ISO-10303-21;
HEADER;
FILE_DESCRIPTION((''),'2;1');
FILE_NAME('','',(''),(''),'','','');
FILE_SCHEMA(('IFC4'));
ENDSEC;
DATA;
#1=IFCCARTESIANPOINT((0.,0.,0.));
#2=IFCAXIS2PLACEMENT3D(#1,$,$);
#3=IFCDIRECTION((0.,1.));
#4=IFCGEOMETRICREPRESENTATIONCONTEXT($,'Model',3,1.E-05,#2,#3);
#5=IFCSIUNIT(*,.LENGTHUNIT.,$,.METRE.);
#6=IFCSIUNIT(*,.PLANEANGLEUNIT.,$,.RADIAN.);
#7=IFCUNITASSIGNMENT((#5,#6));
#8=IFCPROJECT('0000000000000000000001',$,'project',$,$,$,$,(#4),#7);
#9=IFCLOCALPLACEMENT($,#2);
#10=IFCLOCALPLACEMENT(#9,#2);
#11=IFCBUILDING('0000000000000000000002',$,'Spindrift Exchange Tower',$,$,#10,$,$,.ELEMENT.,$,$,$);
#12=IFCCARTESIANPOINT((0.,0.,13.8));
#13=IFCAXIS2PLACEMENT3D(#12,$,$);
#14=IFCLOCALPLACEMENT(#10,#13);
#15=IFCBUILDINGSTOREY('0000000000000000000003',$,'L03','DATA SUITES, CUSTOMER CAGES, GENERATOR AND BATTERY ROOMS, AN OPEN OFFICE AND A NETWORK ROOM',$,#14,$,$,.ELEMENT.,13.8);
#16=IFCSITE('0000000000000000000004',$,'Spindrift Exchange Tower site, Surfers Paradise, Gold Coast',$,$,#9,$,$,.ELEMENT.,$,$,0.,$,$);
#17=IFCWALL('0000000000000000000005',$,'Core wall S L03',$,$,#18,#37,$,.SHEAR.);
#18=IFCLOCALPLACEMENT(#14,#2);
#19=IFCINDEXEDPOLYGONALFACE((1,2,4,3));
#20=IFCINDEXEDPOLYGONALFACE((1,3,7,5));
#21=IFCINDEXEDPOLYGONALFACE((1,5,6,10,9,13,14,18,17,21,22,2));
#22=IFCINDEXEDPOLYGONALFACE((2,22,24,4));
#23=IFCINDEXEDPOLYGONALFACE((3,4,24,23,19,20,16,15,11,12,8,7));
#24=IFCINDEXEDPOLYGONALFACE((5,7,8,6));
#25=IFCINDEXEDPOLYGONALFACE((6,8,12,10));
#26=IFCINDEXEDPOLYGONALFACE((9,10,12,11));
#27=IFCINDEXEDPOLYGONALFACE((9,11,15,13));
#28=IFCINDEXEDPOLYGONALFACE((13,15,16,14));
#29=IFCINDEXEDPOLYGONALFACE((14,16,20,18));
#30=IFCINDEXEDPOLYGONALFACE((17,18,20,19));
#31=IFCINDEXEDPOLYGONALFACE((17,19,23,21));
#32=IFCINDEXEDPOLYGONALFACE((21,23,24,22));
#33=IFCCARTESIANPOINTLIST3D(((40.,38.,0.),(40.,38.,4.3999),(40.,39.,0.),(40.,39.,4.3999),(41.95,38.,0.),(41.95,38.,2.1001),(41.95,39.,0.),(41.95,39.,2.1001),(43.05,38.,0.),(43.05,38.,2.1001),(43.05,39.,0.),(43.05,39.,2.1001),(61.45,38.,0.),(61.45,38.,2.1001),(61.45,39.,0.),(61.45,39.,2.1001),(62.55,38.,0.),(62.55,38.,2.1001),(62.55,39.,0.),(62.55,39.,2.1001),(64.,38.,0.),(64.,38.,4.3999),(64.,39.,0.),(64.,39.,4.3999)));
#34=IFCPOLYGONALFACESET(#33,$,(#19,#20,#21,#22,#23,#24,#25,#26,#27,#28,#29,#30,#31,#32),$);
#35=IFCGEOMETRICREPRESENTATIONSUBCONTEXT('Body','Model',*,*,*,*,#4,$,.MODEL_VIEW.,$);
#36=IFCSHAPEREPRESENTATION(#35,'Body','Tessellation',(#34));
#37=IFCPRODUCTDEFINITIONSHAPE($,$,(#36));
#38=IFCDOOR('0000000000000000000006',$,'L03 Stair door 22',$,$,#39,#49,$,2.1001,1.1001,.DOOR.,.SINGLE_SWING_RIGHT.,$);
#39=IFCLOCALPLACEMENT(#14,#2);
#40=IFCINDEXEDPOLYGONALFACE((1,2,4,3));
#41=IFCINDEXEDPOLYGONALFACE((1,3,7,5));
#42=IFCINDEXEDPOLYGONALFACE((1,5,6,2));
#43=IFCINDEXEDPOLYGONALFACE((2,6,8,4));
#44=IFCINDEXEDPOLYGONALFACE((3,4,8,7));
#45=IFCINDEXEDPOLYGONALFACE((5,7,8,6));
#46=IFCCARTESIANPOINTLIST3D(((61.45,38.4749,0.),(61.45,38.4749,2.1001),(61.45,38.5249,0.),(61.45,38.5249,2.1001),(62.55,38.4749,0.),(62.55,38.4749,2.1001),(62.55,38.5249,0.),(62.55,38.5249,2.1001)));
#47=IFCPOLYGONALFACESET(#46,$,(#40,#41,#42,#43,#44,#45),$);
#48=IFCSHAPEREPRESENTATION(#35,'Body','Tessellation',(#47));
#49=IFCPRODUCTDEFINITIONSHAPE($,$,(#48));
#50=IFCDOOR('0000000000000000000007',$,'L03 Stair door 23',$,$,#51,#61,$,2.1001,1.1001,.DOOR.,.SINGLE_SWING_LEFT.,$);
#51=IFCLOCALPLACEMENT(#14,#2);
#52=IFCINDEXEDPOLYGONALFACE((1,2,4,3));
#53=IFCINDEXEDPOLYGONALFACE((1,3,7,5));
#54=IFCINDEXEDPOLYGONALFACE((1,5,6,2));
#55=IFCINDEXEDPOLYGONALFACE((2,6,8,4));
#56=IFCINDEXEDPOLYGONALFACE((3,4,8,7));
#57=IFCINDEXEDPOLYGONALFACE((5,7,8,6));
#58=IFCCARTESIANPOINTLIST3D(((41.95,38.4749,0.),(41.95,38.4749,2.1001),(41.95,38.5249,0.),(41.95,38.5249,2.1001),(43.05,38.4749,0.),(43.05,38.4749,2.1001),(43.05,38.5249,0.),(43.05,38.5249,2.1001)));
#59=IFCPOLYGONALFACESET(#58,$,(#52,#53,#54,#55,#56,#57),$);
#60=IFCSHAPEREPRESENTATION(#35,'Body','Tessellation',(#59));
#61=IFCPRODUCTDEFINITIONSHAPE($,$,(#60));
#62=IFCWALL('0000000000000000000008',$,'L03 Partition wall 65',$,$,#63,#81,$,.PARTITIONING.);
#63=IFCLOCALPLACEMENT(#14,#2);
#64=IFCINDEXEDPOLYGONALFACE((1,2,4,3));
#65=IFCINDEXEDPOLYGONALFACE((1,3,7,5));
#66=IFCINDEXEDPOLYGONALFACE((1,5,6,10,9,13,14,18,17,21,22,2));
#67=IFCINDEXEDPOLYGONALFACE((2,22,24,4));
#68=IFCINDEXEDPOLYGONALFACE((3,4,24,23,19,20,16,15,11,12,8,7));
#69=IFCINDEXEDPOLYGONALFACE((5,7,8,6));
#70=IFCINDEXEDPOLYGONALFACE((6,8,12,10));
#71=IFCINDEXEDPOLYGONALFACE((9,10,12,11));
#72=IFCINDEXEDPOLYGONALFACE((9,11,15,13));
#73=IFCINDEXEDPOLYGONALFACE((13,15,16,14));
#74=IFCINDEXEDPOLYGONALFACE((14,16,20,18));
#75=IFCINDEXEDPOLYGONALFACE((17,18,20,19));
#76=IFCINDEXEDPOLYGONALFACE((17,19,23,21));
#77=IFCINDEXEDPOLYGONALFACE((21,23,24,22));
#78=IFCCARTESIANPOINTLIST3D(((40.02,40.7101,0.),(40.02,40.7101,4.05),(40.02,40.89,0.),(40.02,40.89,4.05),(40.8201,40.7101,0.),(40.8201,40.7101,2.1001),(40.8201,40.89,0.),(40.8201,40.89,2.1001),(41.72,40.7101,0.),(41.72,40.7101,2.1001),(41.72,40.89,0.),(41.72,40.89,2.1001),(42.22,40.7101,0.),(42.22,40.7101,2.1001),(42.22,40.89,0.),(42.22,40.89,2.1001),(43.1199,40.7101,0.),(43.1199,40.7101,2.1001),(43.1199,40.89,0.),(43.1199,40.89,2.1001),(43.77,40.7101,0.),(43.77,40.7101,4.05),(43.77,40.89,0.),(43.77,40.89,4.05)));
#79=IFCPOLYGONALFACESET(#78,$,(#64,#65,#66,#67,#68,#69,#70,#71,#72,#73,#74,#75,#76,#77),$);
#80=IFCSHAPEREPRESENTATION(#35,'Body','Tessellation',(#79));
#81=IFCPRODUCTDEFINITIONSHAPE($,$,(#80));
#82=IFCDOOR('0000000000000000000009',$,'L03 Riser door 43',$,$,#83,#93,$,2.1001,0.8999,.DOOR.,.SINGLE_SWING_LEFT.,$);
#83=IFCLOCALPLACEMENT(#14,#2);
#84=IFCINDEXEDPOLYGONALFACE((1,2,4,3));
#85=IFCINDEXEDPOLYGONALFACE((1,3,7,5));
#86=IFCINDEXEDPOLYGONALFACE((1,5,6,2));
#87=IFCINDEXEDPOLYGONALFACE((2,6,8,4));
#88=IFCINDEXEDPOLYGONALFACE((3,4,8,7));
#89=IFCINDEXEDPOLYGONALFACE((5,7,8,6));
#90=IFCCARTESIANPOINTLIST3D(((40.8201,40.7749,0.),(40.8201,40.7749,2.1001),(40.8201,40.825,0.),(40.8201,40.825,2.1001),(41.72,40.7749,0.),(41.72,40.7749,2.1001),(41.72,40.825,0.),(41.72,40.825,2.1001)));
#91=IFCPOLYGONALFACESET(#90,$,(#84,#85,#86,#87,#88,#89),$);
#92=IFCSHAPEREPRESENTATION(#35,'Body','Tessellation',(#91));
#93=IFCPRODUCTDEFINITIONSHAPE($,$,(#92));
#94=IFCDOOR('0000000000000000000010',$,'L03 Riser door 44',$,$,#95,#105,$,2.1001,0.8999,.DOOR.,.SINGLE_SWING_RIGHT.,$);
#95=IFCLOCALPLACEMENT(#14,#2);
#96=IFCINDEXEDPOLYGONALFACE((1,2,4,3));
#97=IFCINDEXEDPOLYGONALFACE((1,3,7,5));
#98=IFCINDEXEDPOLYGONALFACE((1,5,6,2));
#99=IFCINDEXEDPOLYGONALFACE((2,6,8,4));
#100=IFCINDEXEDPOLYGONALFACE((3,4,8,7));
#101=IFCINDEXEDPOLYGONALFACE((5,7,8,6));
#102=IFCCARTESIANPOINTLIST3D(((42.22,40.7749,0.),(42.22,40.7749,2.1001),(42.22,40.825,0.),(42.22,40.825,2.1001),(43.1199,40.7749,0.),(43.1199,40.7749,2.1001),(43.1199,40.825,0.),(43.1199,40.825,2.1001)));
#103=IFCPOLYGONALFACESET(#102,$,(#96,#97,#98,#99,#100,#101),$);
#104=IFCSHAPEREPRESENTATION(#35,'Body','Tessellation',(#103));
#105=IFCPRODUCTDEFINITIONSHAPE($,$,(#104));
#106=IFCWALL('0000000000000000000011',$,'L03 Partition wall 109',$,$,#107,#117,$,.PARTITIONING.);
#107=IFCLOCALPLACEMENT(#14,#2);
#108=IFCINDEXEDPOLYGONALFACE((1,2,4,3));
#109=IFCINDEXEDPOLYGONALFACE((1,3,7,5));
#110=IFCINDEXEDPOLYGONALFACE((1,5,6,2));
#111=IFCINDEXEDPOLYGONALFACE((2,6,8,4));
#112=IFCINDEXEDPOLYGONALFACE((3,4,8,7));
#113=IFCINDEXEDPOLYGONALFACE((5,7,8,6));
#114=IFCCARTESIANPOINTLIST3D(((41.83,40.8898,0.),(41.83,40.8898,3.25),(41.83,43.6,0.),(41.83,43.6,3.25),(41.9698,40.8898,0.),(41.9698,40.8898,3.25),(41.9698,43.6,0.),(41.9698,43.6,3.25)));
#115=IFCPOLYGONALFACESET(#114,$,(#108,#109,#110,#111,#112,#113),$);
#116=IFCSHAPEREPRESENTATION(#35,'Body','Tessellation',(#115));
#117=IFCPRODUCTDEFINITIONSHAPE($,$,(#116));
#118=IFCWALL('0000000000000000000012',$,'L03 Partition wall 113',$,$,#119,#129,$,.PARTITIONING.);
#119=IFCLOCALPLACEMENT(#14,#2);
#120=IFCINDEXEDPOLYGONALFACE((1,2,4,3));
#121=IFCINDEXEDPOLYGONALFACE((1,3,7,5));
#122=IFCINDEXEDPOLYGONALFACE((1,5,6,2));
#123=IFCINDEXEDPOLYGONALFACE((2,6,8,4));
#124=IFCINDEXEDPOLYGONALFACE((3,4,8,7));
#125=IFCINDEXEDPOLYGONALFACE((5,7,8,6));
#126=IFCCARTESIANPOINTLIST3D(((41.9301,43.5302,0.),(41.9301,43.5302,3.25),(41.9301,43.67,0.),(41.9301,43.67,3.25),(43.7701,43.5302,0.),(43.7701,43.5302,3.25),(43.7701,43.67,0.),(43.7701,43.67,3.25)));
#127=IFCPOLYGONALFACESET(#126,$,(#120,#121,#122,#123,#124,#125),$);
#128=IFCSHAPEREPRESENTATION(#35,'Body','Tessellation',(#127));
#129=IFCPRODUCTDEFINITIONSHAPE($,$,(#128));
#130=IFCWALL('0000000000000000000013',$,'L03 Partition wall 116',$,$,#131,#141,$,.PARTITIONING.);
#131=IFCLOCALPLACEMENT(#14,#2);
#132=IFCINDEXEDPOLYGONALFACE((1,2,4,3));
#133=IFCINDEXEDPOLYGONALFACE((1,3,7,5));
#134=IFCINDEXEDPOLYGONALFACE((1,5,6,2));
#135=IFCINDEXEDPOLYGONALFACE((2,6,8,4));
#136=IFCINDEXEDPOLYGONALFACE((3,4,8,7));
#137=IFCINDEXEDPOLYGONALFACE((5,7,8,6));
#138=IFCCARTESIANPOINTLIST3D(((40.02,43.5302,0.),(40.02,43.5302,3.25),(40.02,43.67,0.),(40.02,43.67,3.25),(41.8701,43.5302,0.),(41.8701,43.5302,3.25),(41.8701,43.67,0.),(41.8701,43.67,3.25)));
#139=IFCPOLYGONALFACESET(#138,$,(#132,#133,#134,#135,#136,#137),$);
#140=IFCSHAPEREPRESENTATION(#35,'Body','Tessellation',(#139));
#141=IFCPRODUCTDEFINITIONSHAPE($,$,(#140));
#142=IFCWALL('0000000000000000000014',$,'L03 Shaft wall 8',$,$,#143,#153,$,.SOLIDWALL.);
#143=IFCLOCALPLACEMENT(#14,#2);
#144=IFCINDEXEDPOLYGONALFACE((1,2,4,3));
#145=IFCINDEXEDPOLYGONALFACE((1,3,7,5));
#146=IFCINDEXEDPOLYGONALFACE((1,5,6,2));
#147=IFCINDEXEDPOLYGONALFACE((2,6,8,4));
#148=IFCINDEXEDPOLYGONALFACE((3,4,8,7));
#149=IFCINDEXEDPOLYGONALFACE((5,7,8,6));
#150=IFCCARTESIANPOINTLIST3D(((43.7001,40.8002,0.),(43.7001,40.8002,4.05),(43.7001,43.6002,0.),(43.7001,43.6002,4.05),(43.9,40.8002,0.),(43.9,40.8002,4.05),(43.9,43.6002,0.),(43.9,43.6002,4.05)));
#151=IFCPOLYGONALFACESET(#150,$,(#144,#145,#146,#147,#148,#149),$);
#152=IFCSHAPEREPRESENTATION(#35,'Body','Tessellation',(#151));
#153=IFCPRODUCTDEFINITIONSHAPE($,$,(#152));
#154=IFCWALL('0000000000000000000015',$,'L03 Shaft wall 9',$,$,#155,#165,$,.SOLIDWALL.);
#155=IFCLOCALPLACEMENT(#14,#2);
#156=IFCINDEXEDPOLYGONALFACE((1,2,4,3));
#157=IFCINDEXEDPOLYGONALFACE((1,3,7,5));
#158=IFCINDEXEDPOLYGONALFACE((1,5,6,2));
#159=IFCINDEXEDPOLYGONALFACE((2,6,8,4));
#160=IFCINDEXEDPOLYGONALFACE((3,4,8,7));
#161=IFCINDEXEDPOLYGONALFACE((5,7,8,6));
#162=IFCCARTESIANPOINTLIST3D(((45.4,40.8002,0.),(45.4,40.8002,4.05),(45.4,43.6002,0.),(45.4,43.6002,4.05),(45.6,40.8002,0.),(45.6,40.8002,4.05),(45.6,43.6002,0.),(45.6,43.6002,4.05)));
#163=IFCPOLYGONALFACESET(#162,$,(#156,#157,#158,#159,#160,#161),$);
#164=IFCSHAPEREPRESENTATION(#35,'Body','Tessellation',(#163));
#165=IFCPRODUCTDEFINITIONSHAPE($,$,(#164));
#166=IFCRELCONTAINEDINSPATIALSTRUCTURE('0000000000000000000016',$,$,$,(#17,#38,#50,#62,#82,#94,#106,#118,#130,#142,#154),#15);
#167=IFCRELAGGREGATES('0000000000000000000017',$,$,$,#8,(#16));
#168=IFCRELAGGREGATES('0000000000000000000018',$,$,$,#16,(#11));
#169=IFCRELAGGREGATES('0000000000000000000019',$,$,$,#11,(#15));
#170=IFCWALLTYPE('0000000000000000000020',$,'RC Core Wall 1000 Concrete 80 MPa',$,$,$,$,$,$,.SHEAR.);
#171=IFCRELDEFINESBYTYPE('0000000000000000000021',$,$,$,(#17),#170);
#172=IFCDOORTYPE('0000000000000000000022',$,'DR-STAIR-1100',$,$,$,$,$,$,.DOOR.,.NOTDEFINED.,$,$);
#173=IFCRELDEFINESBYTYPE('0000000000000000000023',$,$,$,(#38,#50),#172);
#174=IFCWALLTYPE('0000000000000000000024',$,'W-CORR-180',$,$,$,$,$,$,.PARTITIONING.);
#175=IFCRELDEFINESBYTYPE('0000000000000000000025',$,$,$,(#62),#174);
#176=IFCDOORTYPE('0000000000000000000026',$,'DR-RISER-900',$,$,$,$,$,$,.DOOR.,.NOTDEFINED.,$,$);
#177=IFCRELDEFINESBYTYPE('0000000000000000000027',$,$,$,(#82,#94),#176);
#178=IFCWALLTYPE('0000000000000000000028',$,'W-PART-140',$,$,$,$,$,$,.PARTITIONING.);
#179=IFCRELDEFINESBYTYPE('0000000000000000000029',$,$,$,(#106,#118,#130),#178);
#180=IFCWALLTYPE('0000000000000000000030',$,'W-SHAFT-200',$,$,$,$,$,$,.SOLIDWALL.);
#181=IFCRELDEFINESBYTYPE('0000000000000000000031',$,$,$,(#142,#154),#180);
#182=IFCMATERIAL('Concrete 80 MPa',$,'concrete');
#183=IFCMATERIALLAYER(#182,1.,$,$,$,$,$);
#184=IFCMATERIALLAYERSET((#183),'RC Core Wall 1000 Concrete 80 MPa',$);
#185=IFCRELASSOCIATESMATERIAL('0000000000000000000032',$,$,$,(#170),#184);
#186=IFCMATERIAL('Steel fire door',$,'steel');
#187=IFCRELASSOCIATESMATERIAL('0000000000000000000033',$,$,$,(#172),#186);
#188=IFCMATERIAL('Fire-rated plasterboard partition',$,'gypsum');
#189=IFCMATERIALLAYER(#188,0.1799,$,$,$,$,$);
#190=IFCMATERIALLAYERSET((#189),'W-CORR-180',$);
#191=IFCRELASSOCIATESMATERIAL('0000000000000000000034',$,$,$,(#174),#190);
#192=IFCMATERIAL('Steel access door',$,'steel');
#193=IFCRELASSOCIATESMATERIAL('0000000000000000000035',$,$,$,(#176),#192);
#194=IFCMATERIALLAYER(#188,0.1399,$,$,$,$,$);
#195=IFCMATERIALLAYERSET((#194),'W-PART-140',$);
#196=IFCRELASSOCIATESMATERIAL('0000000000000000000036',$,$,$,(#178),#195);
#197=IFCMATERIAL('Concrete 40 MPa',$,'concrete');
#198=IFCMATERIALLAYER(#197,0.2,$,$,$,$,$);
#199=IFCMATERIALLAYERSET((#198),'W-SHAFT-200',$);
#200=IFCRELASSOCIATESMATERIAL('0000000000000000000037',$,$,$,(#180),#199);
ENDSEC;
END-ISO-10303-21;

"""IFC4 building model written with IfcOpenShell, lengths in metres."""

from ifc_helpers import new_model, si_unit, direction, frame, frame_2d, origin, place, context, subcontext, project, spatial, rectangle, extrude, source, transform, mapped, material, layer, layer_set, type_object, element, fill, save


model = new_model("IFC4")

# Units and contexts
model_context = context("Model", 3, precision=1e-05, world=origin(), true_north=direction((0.0, 1.0)))
body_context = subcontext(model_context, "Body", "Model", "MODEL_VIEW")
ifc_project = project(units=[si_unit("LENGTHUNIT", "METRE"), si_unit("PLANEANGLEUNIT", "RADIAN")], contexts=[model_context])

# Site, building, storey
site_placement = place(None, origin())
site = spatial("IfcSite", under=ifc_project, at=site_placement, Name="Spindrift Exchange Tower site, Surfers Paradise, Gold Coast", CompositionType="ELEMENT", RefElevation=0.0)
building_placement = place(site_placement, origin())
building = spatial("IfcBuilding", under=site, at=building_placement, Name="Spindrift Exchange Tower", CompositionType="ELEMENT")
storey_placement = place(building_placement, frame((0.0, 0.0, 13.8)))
storey = spatial("IfcBuildingStorey", under=building, at=storey_placement, Name="L03", Description="DATA SUITES, CUSTOMER CAGES, GENERATOR AND BATTERY ROOMS, AN OPEN OFFICE AND A NETWORK ROOM", CompositionType="ELEMENT", Elevation=13.8)

# Walls, openings, doors
ifc_material_1 = material(Name="Concrete 80 MPa", Category="concrete")
ifc_layer_1 = layer(ifc_material_1, 1.0)
ifc_layer_set_1 = layer_set([ifc_layer_1], Name="RC Core Wall 1000 Concrete 80 MPa")
wall_type_1 = type_object("IfcWallType", Name="RC Core Wall 1000 Concrete 80 MPa", PredefinedType="SHEAR", material=ifc_layer_set_1)
wall_1_placement = place(storey_placement, frame((40.0, 38.5, 0.0), z_axis=(0.0, 0.0, 1.0), x_axis=(1.0, 0.0, 0.0)))
wall_1 = element("IfcWall", 1, at=wall_1_placement, inside=storey, type_object=wall_type_1, Name="Core wall S L03", PredefinedType="SHEAR", context=body_context, shape_type="SweptSolid", body=[
    extrude(rectangle(XDim=24.0, YDim=1.0, at=frame_2d((12.0, 0.0))), origin(), (0.0, 0.0, 1.0), 4.3999),
])
opening_1_placement = place(wall_1_placement, frame((21.45, 0.0, 0.0)))
opening_1 = element("IfcOpeningElement", 2, at=opening_1_placement, cuts=wall_1, PredefinedType="OPENING", context=body_context, shape_type="SweptSolid", body=[
    extrude(rectangle(XDim=1.1001, YDim=2.1001, at=frame_2d((0.55, 1.05))), frame((0.0, 0.51, 0.0), z_axis=(0.0, -1.0, 0.0), x_axis=(1.0, 0.0, 0.0)), (0.0, 0.0, 1.0), 1.02),
])
opening_2_placement = place(wall_1_placement, frame((1.95, 0.0, 0.0)))
opening_2 = element("IfcOpeningElement", 3, at=opening_2_placement, cuts=wall_1, PredefinedType="OPENING", context=body_context, shape_type="SweptSolid", body=[
    extrude(rectangle(XDim=1.1001, YDim=2.1001, at=frame_2d((0.55, 1.05))), frame((0.0, 0.51, 0.0), z_axis=(0.0, -1.0, 0.0), x_axis=(1.0, 0.0, 0.0)), (0.0, 0.0, 1.0), 1.02),
])
ifc_material_2 = material(Name="Steel fire door", Category="steel")
door_type_1 = type_object("IfcDoorType", Name="DR-STAIR-1100", OperationType="NOTDEFINED", PredefinedType="DOOR", material=ifc_material_2)
shared_shape_1 = source(origin(), body_context, "Body", "SweptSolid", [
    extrude(rectangle(XDim=1.1001, YDim=2.1001, at=frame_2d((0.55, 1.05))), frame((0.0, 0.0249, 0.0), z_axis=(0.0, -1.0, 0.0), x_axis=(1.0, 0.0, 0.0)), (0.0, 0.0, 1.0), 0.05),
])
door_1_placement = place(opening_1_placement, origin())
door_1 = element("IfcDoor", 4, at=door_1_placement, inside=storey, type_object=door_type_1, Name="L03 Stair door 22", OperationType="SINGLE_SWING_RIGHT", OverallHeight=2.1001, OverallWidth=1.1001, PredefinedType="DOOR", context=body_context, shape_type="MappedRepresentation", body=[
    mapped(shared_shape_1, transform((0.0, 0.0, 0.0), scale=1.0)),
])
fill(opening_1, door_1)
door_2_placement = place(opening_2_placement, origin())
door_2 = element("IfcDoor", 5, at=door_2_placement, inside=storey, type_object=door_type_1, Name="L03 Stair door 23", OperationType="SINGLE_SWING_LEFT", OverallHeight=2.1001, OverallWidth=1.1001, PredefinedType="DOOR", context=body_context, shape_type="MappedRepresentation", body=[
    mapped(shared_shape_1, transform((0.0, 0.0, 0.0), scale=1.0)),
])
fill(opening_2, door_2)
ifc_material_3 = material(Name="Fire-rated plasterboard partition", Category="gypsum")
ifc_layer_2 = layer(ifc_material_3, 0.1799)
ifc_layer_set_2 = layer_set([ifc_layer_2], Name="W-CORR-180")
wall_type_2 = type_object("IfcWallType", Name="W-CORR-180", PredefinedType="PARTITIONING", material=ifc_layer_set_2)
wall_2_placement = place(storey_placement, frame((40.02, 40.8, 0.0), z_axis=(0.0, 0.0, 1.0), x_axis=(1.0, 0.0, 0.0)))
wall_2 = element("IfcWall", 6, at=wall_2_placement, inside=storey, type_object=wall_type_2, Name="L03 Partition wall 65", PredefinedType="PARTITIONING", context=body_context, shape_type="SweptSolid", body=[
    extrude(rectangle(XDim=3.75, YDim=0.1799, at=frame_2d((1.875, 0.0))), origin(), (0.0, 0.0, 1.0), 4.05),
])
opening_3_placement = place(wall_2_placement, frame((0.8, 0.0, 0.0)))
opening_3 = element("IfcOpeningElement", 7, at=opening_3_placement, cuts=wall_2, PredefinedType="OPENING", context=body_context, shape_type="SweptSolid", body=[
    extrude(rectangle(XDim=0.8999, YDim=2.1001, at=frame_2d((0.45, 1.05))), frame((0.0, 0.0999, 0.0), z_axis=(0.0, -1.0, 0.0), x_axis=(1.0, 0.0, 0.0)), (0.0, 0.0, 1.0), 0.2),
])
opening_4_placement = place(wall_2_placement, frame((2.2, 0.0, 0.0)))
opening_4 = element("IfcOpeningElement", 8, at=opening_4_placement, cuts=wall_2, PredefinedType="OPENING", context=body_context, shape_type="SweptSolid", body=[
    extrude(rectangle(XDim=0.8999, YDim=2.1001, at=frame_2d((0.45, 1.05))), frame((0.0, 0.0999, 0.0), z_axis=(0.0, -1.0, 0.0), x_axis=(1.0, 0.0, 0.0)), (0.0, 0.0, 1.0), 0.2),
])
ifc_material_4 = material(Name="Steel access door", Category="steel")
door_type_2 = type_object("IfcDoorType", Name="DR-RISER-900", OperationType="NOTDEFINED", PredefinedType="DOOR", material=ifc_material_4)
shared_shape_2 = source(origin(), body_context, "Body", "SweptSolid", [
    extrude(rectangle(XDim=0.8999, YDim=2.1001, at=frame_2d((0.45, 1.05))), frame((0.0, 0.0249, 0.0), z_axis=(0.0, -1.0, 0.0), x_axis=(1.0, 0.0, 0.0)), (0.0, 0.0, 1.0), 0.05),
])
door_3_placement = place(opening_3_placement, origin())
door_3 = element("IfcDoor", 9, at=door_3_placement, inside=storey, type_object=door_type_2, Name="L03 Riser door 43", OperationType="SINGLE_SWING_LEFT", OverallHeight=2.1001, OverallWidth=0.8999, PredefinedType="DOOR", context=body_context, shape_type="MappedRepresentation", body=[
    mapped(shared_shape_2, transform((0.0, 0.0, 0.0), scale=1.0)),
])
fill(opening_3, door_3)
door_4_placement = place(opening_4_placement, origin())
door_4 = element("IfcDoor", 10, at=door_4_placement, inside=storey, type_object=door_type_2, Name="L03 Riser door 44", OperationType="SINGLE_SWING_RIGHT", OverallHeight=2.1001, OverallWidth=0.8999, PredefinedType="DOOR", context=body_context, shape_type="MappedRepresentation", body=[
    mapped(shared_shape_2, transform((0.0, 0.0, 0.0), scale=1.0)),
])
fill(opening_4, door_4)

# Walls
ifc_layer_3 = layer(ifc_material_3, 0.1399)
ifc_layer_set_3 = layer_set([ifc_layer_3], Name="W-PART-140")
wall_type_3 = type_object("IfcWallType", Name="W-PART-140", PredefinedType="PARTITIONING", material=ifc_layer_set_3)
wall_3_placement = place(storey_placement, frame((41.8999, 40.8899, 0.0), z_axis=(0.0, 0.0, 1.0), x_axis=(0.0, 1.0, 0.0)))
element("IfcWall", 11, at=wall_3_placement, inside=storey, type_object=wall_type_3, Name="L03 Partition wall 109", PredefinedType="PARTITIONING", context=body_context, shape_type="SweptSolid", body=[
    extrude(rectangle(XDim=2.7102, YDim=0.1399, at=frame_2d((1.355, 0.0))), origin(), (0.0, 0.0, 1.0), 3.25),
])
wall_4_placement = place(storey_placement, frame((43.77, 43.6001, 0.0), z_axis=(0.0, 0.0, 1.0), x_axis=(-1.0, 0.0, 0.0)))
element("IfcWall", 12, at=wall_4_placement, inside=storey, type_object=wall_type_3, Name="L03 Partition wall 113", PredefinedType="PARTITIONING", context=body_context, shape_type="SweptSolid", body=[
    extrude(rectangle(XDim=1.8401, YDim=0.1399, at=frame_2d((0.9199, 0.0))), origin(), (0.0, 0.0, 1.0), 3.25),
])
wall_5_placement = place(storey_placement, frame((41.8701, 43.6001, 0.0), z_axis=(0.0, 0.0, 1.0), x_axis=(-1.0, 0.0, 0.0)))
element("IfcWall", 13, at=wall_5_placement, inside=storey, type_object=wall_type_3, Name="L03 Partition wall 116", PredefinedType="PARTITIONING", context=body_context, shape_type="SweptSolid", body=[
    extrude(rectangle(XDim=1.8501, YDim=0.1399, at=frame_2d((0.925, 0.0))), origin(), (0.0, 0.0, 1.0), 3.25),
])
ifc_material_5 = material(Name="Concrete 40 MPa", Category="concrete")
ifc_layer_4 = layer(ifc_material_5, 0.2)
ifc_layer_set_4 = layer_set([ifc_layer_4], Name="W-SHAFT-200")
wall_type_4 = type_object("IfcWallType", Name="W-SHAFT-200", PredefinedType="SOLIDWALL", material=ifc_layer_set_4)
for number, where, z_axis, x_axis, name in (
    (14, (43.8, 43.6001, 0.0), (0.0, 0.0, 1.0), (0.0, -1.0, 0.0), "L03 Shaft wall 8"),
    (15, (45.5, 43.6001, 0.0), (0.0, 0.0, 1.0), (0.0, -1.0, 0.0), "L03 Shaft wall 9"),
):
    element("IfcWall", number, at=place(storey_placement, frame(where, z_axis=z_axis, x_axis=x_axis)), inside=storey, type_object=wall_type_4, Name=name, PredefinedType="SOLIDWALL", context=body_context, shape_type="SweptSolid", body=[
        extrude(rectangle(XDim=2.8, YDim=0.2, at=frame_2d((1.3999, 0.0))), origin(), (0.0, 0.0, 1.0), 4.05),
    ])

save(model, "model.ifc")
